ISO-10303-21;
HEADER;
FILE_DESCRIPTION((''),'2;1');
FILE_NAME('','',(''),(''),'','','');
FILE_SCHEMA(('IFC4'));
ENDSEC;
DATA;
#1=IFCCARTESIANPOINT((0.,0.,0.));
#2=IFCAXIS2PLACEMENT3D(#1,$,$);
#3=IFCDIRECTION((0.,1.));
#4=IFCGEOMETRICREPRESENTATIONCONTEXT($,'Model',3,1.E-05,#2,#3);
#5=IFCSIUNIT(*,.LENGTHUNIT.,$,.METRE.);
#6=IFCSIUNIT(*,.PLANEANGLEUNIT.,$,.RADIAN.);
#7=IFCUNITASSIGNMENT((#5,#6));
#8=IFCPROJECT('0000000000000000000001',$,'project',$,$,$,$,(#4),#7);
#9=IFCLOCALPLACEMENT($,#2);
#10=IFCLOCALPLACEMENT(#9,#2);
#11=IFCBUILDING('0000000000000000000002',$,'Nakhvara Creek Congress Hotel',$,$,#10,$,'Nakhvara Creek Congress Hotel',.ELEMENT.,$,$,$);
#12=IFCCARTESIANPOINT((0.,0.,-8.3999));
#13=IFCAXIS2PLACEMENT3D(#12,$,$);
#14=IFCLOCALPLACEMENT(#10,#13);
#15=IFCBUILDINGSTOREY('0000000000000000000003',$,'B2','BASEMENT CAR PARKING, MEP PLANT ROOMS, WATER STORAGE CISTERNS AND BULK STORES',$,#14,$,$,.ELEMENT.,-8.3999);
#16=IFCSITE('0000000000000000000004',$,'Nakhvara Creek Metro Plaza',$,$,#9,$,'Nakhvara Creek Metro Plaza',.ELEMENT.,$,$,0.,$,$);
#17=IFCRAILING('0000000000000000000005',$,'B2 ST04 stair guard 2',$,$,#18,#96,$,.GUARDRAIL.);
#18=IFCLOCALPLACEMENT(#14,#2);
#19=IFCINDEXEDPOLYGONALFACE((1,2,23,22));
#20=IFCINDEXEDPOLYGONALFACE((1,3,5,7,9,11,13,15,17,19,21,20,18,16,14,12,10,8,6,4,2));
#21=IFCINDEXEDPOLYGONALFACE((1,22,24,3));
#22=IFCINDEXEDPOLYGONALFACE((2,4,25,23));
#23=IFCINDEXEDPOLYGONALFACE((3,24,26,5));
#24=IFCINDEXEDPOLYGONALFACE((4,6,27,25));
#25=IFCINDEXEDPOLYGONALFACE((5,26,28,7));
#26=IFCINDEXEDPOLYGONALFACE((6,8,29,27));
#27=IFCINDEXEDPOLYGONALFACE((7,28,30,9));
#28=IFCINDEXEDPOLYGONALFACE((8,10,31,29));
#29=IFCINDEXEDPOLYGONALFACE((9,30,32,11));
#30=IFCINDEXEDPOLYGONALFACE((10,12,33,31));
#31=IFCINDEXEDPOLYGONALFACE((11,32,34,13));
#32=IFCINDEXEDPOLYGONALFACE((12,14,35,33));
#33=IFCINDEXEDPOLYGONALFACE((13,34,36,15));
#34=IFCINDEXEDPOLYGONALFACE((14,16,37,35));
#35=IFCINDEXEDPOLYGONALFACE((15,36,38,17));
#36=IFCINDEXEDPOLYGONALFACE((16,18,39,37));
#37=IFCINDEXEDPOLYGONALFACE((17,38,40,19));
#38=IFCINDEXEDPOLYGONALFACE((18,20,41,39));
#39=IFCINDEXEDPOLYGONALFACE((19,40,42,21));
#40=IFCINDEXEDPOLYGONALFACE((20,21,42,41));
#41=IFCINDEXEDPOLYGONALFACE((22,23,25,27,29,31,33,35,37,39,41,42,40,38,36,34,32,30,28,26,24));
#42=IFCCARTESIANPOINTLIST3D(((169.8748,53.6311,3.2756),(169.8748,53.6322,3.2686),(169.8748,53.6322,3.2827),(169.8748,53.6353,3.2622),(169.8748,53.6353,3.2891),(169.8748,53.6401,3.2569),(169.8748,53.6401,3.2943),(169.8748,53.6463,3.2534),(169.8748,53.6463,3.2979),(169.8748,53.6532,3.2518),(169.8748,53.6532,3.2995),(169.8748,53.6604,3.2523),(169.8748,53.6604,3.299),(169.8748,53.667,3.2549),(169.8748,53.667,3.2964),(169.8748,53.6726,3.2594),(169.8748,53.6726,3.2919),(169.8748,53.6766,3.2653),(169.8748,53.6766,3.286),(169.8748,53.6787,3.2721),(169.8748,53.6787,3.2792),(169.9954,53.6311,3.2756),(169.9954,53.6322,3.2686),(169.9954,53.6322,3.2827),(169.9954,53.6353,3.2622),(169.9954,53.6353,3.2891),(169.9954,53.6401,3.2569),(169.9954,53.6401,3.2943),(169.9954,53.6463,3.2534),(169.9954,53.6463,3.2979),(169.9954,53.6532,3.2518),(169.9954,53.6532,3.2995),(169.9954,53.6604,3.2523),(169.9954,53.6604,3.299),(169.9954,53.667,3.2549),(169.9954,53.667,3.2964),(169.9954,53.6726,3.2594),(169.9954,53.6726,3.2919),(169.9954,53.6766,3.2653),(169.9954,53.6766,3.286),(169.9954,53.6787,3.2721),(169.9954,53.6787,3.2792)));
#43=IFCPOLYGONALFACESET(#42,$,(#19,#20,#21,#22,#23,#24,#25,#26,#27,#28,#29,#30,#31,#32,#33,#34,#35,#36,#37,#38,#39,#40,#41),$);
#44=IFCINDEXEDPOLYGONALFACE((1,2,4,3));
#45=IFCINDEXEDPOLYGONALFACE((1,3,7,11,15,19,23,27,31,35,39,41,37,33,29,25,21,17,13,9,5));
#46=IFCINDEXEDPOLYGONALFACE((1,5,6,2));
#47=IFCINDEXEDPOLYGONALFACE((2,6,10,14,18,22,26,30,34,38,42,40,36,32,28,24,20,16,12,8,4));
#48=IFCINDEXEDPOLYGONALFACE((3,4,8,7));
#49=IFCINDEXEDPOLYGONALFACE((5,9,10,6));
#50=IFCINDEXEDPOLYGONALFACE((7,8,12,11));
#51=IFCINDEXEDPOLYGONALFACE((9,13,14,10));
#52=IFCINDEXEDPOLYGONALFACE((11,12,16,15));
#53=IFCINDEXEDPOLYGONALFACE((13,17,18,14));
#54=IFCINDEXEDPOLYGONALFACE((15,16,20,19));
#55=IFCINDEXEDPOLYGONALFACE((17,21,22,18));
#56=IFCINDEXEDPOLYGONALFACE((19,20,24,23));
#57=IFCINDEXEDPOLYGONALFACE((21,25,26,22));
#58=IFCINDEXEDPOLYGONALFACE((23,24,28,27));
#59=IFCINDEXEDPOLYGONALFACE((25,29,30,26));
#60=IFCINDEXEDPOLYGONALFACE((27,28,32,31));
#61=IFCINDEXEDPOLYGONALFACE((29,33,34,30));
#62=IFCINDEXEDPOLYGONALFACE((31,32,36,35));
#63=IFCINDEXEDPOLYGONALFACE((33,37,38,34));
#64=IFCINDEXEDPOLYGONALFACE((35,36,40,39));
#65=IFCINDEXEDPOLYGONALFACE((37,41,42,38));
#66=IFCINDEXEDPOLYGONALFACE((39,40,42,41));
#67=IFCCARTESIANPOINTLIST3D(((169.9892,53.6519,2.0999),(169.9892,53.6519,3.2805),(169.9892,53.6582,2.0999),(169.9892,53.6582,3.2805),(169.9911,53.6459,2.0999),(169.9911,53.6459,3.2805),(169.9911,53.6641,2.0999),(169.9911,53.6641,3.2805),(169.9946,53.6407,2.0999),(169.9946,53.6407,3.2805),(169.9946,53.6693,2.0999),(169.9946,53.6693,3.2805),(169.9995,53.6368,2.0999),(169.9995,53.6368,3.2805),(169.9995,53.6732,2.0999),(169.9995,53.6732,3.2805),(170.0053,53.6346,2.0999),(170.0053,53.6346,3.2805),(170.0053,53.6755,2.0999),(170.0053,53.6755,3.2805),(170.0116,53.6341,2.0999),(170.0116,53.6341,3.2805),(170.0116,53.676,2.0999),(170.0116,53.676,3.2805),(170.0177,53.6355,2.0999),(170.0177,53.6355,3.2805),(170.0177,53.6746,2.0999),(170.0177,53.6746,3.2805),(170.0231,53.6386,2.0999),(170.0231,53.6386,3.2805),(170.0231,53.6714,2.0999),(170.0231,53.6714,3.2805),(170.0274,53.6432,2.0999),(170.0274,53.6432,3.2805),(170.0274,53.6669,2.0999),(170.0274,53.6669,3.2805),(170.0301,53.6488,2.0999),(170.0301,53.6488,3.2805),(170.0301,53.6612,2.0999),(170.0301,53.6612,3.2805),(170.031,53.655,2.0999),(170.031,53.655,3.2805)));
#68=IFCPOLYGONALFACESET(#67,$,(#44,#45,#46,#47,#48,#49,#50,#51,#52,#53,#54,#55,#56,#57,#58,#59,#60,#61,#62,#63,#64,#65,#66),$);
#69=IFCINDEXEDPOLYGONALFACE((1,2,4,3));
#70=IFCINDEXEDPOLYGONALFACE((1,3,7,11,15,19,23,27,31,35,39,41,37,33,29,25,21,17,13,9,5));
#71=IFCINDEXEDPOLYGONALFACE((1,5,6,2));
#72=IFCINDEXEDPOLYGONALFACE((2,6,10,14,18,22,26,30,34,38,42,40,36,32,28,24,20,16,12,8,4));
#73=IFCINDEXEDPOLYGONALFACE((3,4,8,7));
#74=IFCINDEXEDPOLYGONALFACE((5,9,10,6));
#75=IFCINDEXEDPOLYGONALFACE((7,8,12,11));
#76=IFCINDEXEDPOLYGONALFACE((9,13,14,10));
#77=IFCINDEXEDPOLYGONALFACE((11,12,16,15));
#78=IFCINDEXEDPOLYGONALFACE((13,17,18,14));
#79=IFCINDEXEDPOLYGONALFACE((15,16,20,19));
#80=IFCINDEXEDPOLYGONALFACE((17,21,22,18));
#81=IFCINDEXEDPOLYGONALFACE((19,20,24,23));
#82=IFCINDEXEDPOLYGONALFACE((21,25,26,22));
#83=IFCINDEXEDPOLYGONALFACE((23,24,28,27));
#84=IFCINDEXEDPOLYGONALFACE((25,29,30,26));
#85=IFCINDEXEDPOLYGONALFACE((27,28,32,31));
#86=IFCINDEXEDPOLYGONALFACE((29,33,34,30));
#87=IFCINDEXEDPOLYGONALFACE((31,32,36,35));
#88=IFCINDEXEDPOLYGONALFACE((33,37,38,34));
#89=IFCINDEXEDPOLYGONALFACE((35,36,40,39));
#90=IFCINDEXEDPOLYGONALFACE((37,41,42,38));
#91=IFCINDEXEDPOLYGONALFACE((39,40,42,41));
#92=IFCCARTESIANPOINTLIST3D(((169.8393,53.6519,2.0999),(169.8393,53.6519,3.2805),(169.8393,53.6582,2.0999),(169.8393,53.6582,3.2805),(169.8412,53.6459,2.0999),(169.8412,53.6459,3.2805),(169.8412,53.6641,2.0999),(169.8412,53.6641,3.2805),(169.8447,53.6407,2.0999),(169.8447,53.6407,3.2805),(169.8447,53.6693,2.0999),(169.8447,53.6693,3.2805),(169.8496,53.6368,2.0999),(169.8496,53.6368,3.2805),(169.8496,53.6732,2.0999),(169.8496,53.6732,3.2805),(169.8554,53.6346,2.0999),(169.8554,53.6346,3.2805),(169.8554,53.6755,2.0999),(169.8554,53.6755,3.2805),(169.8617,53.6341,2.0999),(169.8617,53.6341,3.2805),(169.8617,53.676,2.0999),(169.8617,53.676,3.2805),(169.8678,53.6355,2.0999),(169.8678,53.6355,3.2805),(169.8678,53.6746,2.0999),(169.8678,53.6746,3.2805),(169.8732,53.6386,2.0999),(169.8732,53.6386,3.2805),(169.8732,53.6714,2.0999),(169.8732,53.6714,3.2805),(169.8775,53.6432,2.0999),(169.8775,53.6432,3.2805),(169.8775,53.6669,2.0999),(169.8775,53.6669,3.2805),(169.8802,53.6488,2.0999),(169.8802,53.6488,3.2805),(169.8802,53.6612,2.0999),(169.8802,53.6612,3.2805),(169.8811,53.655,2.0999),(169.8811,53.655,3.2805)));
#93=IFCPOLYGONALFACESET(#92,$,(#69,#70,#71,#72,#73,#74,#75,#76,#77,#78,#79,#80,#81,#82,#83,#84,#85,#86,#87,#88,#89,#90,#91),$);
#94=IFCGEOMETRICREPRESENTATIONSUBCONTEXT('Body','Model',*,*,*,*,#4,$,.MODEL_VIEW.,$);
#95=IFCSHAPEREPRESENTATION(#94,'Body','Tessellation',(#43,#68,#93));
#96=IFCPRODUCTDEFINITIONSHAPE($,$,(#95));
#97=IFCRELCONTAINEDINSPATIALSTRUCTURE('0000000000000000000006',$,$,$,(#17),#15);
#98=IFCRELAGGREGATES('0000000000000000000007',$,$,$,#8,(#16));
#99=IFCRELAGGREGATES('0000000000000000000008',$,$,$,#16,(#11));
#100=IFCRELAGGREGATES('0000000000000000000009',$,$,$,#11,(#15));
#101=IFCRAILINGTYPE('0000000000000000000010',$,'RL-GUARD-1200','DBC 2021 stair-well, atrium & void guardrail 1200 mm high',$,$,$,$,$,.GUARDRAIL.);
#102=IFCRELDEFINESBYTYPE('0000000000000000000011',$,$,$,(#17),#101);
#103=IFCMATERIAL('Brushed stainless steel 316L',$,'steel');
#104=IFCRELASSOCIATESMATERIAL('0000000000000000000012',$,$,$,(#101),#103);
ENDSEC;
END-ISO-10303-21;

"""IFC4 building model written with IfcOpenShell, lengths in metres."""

from ifc_helpers import new_model, si_unit, direction, frame, origin, origin_2d, place, context, subcontext, project, spatial, circle, extrude, material, type_object, element, save


model = new_model("IFC4")

# Units and contexts
model_context = context("Model", 3, precision=1e-05, world=origin(), true_north=direction((0.0, 1.0)))
body_context = subcontext(model_context, "Body", "Model", "MODEL_VIEW")
ifc_project = project(units=[si_unit("LENGTHUNIT", "METRE"), si_unit("PLANEANGLEUNIT", "RADIAN")], contexts=[model_context])

# Site, building, storey
site_placement = place(None, origin())
site = spatial("IfcSite", under=ifc_project, at=site_placement, Name="Nakhvara Creek Metro Plaza", LongName="Nakhvara Creek Metro Plaza", CompositionType="ELEMENT", RefElevation=0.0)
building_placement = place(site_placement, origin())
building = spatial("IfcBuilding", under=site, at=building_placement, Name="Nakhvara Creek Congress Hotel", LongName="Nakhvara Creek Congress Hotel", CompositionType="ELEMENT")
storey_placement = place(building_placement, frame((0.0, 0.0, -8.3999)))
storey = spatial("IfcBuildingStorey", under=building, at=storey_placement, Name="B2", Description="BASEMENT CAR PARKING, MEP PLANT ROOMS, WATER STORAGE CISTERNS AND BULK STORES", CompositionType="ELEMENT", Elevation=-8.3999)

# Railing
ifc_material_1 = material(Name="Brushed stainless steel 316L", Category="steel")
railing_type_1 = type_object("IfcRailingType", Name="RL-GUARD-1200", Description="DBC 2021 stair-well, atrium & void guardrail 1200 mm high", PredefinedType="GUARDRAIL", material=ifc_material_1)
railing_1_placement = place(storey_placement, frame((170.01, 53.655, 2.0999)))
element("IfcRailing", 1, at=railing_1_placement, inside=storey, type_object=railing_type_1, Name="B2 ST04 stair guard 2", PredefinedType="GUARDRAIL", context=body_context, shape_type="SweptSolid", body=[
    extrude(circle(Radius=0.0239, at=origin_2d()), frame((-0.0146, 0.0, 1.1758), z_axis=(-1.0, 0.0, 0.0), x_axis=(0.0, -1.0, 0.0)), (0.0, 0.0, 1.0), 0.1206),
    extrude(circle(Radius=0.021, at=origin_2d()), origin(), (0.0, 0.0, 1.0), 1.1807),
    extrude(circle(Radius=0.021, at=origin_2d()), frame((-0.1499, 0.0, 0.0)), (0.0, 0.0, 1.0), 1.1807),
])

save(model, "model.ifc")
